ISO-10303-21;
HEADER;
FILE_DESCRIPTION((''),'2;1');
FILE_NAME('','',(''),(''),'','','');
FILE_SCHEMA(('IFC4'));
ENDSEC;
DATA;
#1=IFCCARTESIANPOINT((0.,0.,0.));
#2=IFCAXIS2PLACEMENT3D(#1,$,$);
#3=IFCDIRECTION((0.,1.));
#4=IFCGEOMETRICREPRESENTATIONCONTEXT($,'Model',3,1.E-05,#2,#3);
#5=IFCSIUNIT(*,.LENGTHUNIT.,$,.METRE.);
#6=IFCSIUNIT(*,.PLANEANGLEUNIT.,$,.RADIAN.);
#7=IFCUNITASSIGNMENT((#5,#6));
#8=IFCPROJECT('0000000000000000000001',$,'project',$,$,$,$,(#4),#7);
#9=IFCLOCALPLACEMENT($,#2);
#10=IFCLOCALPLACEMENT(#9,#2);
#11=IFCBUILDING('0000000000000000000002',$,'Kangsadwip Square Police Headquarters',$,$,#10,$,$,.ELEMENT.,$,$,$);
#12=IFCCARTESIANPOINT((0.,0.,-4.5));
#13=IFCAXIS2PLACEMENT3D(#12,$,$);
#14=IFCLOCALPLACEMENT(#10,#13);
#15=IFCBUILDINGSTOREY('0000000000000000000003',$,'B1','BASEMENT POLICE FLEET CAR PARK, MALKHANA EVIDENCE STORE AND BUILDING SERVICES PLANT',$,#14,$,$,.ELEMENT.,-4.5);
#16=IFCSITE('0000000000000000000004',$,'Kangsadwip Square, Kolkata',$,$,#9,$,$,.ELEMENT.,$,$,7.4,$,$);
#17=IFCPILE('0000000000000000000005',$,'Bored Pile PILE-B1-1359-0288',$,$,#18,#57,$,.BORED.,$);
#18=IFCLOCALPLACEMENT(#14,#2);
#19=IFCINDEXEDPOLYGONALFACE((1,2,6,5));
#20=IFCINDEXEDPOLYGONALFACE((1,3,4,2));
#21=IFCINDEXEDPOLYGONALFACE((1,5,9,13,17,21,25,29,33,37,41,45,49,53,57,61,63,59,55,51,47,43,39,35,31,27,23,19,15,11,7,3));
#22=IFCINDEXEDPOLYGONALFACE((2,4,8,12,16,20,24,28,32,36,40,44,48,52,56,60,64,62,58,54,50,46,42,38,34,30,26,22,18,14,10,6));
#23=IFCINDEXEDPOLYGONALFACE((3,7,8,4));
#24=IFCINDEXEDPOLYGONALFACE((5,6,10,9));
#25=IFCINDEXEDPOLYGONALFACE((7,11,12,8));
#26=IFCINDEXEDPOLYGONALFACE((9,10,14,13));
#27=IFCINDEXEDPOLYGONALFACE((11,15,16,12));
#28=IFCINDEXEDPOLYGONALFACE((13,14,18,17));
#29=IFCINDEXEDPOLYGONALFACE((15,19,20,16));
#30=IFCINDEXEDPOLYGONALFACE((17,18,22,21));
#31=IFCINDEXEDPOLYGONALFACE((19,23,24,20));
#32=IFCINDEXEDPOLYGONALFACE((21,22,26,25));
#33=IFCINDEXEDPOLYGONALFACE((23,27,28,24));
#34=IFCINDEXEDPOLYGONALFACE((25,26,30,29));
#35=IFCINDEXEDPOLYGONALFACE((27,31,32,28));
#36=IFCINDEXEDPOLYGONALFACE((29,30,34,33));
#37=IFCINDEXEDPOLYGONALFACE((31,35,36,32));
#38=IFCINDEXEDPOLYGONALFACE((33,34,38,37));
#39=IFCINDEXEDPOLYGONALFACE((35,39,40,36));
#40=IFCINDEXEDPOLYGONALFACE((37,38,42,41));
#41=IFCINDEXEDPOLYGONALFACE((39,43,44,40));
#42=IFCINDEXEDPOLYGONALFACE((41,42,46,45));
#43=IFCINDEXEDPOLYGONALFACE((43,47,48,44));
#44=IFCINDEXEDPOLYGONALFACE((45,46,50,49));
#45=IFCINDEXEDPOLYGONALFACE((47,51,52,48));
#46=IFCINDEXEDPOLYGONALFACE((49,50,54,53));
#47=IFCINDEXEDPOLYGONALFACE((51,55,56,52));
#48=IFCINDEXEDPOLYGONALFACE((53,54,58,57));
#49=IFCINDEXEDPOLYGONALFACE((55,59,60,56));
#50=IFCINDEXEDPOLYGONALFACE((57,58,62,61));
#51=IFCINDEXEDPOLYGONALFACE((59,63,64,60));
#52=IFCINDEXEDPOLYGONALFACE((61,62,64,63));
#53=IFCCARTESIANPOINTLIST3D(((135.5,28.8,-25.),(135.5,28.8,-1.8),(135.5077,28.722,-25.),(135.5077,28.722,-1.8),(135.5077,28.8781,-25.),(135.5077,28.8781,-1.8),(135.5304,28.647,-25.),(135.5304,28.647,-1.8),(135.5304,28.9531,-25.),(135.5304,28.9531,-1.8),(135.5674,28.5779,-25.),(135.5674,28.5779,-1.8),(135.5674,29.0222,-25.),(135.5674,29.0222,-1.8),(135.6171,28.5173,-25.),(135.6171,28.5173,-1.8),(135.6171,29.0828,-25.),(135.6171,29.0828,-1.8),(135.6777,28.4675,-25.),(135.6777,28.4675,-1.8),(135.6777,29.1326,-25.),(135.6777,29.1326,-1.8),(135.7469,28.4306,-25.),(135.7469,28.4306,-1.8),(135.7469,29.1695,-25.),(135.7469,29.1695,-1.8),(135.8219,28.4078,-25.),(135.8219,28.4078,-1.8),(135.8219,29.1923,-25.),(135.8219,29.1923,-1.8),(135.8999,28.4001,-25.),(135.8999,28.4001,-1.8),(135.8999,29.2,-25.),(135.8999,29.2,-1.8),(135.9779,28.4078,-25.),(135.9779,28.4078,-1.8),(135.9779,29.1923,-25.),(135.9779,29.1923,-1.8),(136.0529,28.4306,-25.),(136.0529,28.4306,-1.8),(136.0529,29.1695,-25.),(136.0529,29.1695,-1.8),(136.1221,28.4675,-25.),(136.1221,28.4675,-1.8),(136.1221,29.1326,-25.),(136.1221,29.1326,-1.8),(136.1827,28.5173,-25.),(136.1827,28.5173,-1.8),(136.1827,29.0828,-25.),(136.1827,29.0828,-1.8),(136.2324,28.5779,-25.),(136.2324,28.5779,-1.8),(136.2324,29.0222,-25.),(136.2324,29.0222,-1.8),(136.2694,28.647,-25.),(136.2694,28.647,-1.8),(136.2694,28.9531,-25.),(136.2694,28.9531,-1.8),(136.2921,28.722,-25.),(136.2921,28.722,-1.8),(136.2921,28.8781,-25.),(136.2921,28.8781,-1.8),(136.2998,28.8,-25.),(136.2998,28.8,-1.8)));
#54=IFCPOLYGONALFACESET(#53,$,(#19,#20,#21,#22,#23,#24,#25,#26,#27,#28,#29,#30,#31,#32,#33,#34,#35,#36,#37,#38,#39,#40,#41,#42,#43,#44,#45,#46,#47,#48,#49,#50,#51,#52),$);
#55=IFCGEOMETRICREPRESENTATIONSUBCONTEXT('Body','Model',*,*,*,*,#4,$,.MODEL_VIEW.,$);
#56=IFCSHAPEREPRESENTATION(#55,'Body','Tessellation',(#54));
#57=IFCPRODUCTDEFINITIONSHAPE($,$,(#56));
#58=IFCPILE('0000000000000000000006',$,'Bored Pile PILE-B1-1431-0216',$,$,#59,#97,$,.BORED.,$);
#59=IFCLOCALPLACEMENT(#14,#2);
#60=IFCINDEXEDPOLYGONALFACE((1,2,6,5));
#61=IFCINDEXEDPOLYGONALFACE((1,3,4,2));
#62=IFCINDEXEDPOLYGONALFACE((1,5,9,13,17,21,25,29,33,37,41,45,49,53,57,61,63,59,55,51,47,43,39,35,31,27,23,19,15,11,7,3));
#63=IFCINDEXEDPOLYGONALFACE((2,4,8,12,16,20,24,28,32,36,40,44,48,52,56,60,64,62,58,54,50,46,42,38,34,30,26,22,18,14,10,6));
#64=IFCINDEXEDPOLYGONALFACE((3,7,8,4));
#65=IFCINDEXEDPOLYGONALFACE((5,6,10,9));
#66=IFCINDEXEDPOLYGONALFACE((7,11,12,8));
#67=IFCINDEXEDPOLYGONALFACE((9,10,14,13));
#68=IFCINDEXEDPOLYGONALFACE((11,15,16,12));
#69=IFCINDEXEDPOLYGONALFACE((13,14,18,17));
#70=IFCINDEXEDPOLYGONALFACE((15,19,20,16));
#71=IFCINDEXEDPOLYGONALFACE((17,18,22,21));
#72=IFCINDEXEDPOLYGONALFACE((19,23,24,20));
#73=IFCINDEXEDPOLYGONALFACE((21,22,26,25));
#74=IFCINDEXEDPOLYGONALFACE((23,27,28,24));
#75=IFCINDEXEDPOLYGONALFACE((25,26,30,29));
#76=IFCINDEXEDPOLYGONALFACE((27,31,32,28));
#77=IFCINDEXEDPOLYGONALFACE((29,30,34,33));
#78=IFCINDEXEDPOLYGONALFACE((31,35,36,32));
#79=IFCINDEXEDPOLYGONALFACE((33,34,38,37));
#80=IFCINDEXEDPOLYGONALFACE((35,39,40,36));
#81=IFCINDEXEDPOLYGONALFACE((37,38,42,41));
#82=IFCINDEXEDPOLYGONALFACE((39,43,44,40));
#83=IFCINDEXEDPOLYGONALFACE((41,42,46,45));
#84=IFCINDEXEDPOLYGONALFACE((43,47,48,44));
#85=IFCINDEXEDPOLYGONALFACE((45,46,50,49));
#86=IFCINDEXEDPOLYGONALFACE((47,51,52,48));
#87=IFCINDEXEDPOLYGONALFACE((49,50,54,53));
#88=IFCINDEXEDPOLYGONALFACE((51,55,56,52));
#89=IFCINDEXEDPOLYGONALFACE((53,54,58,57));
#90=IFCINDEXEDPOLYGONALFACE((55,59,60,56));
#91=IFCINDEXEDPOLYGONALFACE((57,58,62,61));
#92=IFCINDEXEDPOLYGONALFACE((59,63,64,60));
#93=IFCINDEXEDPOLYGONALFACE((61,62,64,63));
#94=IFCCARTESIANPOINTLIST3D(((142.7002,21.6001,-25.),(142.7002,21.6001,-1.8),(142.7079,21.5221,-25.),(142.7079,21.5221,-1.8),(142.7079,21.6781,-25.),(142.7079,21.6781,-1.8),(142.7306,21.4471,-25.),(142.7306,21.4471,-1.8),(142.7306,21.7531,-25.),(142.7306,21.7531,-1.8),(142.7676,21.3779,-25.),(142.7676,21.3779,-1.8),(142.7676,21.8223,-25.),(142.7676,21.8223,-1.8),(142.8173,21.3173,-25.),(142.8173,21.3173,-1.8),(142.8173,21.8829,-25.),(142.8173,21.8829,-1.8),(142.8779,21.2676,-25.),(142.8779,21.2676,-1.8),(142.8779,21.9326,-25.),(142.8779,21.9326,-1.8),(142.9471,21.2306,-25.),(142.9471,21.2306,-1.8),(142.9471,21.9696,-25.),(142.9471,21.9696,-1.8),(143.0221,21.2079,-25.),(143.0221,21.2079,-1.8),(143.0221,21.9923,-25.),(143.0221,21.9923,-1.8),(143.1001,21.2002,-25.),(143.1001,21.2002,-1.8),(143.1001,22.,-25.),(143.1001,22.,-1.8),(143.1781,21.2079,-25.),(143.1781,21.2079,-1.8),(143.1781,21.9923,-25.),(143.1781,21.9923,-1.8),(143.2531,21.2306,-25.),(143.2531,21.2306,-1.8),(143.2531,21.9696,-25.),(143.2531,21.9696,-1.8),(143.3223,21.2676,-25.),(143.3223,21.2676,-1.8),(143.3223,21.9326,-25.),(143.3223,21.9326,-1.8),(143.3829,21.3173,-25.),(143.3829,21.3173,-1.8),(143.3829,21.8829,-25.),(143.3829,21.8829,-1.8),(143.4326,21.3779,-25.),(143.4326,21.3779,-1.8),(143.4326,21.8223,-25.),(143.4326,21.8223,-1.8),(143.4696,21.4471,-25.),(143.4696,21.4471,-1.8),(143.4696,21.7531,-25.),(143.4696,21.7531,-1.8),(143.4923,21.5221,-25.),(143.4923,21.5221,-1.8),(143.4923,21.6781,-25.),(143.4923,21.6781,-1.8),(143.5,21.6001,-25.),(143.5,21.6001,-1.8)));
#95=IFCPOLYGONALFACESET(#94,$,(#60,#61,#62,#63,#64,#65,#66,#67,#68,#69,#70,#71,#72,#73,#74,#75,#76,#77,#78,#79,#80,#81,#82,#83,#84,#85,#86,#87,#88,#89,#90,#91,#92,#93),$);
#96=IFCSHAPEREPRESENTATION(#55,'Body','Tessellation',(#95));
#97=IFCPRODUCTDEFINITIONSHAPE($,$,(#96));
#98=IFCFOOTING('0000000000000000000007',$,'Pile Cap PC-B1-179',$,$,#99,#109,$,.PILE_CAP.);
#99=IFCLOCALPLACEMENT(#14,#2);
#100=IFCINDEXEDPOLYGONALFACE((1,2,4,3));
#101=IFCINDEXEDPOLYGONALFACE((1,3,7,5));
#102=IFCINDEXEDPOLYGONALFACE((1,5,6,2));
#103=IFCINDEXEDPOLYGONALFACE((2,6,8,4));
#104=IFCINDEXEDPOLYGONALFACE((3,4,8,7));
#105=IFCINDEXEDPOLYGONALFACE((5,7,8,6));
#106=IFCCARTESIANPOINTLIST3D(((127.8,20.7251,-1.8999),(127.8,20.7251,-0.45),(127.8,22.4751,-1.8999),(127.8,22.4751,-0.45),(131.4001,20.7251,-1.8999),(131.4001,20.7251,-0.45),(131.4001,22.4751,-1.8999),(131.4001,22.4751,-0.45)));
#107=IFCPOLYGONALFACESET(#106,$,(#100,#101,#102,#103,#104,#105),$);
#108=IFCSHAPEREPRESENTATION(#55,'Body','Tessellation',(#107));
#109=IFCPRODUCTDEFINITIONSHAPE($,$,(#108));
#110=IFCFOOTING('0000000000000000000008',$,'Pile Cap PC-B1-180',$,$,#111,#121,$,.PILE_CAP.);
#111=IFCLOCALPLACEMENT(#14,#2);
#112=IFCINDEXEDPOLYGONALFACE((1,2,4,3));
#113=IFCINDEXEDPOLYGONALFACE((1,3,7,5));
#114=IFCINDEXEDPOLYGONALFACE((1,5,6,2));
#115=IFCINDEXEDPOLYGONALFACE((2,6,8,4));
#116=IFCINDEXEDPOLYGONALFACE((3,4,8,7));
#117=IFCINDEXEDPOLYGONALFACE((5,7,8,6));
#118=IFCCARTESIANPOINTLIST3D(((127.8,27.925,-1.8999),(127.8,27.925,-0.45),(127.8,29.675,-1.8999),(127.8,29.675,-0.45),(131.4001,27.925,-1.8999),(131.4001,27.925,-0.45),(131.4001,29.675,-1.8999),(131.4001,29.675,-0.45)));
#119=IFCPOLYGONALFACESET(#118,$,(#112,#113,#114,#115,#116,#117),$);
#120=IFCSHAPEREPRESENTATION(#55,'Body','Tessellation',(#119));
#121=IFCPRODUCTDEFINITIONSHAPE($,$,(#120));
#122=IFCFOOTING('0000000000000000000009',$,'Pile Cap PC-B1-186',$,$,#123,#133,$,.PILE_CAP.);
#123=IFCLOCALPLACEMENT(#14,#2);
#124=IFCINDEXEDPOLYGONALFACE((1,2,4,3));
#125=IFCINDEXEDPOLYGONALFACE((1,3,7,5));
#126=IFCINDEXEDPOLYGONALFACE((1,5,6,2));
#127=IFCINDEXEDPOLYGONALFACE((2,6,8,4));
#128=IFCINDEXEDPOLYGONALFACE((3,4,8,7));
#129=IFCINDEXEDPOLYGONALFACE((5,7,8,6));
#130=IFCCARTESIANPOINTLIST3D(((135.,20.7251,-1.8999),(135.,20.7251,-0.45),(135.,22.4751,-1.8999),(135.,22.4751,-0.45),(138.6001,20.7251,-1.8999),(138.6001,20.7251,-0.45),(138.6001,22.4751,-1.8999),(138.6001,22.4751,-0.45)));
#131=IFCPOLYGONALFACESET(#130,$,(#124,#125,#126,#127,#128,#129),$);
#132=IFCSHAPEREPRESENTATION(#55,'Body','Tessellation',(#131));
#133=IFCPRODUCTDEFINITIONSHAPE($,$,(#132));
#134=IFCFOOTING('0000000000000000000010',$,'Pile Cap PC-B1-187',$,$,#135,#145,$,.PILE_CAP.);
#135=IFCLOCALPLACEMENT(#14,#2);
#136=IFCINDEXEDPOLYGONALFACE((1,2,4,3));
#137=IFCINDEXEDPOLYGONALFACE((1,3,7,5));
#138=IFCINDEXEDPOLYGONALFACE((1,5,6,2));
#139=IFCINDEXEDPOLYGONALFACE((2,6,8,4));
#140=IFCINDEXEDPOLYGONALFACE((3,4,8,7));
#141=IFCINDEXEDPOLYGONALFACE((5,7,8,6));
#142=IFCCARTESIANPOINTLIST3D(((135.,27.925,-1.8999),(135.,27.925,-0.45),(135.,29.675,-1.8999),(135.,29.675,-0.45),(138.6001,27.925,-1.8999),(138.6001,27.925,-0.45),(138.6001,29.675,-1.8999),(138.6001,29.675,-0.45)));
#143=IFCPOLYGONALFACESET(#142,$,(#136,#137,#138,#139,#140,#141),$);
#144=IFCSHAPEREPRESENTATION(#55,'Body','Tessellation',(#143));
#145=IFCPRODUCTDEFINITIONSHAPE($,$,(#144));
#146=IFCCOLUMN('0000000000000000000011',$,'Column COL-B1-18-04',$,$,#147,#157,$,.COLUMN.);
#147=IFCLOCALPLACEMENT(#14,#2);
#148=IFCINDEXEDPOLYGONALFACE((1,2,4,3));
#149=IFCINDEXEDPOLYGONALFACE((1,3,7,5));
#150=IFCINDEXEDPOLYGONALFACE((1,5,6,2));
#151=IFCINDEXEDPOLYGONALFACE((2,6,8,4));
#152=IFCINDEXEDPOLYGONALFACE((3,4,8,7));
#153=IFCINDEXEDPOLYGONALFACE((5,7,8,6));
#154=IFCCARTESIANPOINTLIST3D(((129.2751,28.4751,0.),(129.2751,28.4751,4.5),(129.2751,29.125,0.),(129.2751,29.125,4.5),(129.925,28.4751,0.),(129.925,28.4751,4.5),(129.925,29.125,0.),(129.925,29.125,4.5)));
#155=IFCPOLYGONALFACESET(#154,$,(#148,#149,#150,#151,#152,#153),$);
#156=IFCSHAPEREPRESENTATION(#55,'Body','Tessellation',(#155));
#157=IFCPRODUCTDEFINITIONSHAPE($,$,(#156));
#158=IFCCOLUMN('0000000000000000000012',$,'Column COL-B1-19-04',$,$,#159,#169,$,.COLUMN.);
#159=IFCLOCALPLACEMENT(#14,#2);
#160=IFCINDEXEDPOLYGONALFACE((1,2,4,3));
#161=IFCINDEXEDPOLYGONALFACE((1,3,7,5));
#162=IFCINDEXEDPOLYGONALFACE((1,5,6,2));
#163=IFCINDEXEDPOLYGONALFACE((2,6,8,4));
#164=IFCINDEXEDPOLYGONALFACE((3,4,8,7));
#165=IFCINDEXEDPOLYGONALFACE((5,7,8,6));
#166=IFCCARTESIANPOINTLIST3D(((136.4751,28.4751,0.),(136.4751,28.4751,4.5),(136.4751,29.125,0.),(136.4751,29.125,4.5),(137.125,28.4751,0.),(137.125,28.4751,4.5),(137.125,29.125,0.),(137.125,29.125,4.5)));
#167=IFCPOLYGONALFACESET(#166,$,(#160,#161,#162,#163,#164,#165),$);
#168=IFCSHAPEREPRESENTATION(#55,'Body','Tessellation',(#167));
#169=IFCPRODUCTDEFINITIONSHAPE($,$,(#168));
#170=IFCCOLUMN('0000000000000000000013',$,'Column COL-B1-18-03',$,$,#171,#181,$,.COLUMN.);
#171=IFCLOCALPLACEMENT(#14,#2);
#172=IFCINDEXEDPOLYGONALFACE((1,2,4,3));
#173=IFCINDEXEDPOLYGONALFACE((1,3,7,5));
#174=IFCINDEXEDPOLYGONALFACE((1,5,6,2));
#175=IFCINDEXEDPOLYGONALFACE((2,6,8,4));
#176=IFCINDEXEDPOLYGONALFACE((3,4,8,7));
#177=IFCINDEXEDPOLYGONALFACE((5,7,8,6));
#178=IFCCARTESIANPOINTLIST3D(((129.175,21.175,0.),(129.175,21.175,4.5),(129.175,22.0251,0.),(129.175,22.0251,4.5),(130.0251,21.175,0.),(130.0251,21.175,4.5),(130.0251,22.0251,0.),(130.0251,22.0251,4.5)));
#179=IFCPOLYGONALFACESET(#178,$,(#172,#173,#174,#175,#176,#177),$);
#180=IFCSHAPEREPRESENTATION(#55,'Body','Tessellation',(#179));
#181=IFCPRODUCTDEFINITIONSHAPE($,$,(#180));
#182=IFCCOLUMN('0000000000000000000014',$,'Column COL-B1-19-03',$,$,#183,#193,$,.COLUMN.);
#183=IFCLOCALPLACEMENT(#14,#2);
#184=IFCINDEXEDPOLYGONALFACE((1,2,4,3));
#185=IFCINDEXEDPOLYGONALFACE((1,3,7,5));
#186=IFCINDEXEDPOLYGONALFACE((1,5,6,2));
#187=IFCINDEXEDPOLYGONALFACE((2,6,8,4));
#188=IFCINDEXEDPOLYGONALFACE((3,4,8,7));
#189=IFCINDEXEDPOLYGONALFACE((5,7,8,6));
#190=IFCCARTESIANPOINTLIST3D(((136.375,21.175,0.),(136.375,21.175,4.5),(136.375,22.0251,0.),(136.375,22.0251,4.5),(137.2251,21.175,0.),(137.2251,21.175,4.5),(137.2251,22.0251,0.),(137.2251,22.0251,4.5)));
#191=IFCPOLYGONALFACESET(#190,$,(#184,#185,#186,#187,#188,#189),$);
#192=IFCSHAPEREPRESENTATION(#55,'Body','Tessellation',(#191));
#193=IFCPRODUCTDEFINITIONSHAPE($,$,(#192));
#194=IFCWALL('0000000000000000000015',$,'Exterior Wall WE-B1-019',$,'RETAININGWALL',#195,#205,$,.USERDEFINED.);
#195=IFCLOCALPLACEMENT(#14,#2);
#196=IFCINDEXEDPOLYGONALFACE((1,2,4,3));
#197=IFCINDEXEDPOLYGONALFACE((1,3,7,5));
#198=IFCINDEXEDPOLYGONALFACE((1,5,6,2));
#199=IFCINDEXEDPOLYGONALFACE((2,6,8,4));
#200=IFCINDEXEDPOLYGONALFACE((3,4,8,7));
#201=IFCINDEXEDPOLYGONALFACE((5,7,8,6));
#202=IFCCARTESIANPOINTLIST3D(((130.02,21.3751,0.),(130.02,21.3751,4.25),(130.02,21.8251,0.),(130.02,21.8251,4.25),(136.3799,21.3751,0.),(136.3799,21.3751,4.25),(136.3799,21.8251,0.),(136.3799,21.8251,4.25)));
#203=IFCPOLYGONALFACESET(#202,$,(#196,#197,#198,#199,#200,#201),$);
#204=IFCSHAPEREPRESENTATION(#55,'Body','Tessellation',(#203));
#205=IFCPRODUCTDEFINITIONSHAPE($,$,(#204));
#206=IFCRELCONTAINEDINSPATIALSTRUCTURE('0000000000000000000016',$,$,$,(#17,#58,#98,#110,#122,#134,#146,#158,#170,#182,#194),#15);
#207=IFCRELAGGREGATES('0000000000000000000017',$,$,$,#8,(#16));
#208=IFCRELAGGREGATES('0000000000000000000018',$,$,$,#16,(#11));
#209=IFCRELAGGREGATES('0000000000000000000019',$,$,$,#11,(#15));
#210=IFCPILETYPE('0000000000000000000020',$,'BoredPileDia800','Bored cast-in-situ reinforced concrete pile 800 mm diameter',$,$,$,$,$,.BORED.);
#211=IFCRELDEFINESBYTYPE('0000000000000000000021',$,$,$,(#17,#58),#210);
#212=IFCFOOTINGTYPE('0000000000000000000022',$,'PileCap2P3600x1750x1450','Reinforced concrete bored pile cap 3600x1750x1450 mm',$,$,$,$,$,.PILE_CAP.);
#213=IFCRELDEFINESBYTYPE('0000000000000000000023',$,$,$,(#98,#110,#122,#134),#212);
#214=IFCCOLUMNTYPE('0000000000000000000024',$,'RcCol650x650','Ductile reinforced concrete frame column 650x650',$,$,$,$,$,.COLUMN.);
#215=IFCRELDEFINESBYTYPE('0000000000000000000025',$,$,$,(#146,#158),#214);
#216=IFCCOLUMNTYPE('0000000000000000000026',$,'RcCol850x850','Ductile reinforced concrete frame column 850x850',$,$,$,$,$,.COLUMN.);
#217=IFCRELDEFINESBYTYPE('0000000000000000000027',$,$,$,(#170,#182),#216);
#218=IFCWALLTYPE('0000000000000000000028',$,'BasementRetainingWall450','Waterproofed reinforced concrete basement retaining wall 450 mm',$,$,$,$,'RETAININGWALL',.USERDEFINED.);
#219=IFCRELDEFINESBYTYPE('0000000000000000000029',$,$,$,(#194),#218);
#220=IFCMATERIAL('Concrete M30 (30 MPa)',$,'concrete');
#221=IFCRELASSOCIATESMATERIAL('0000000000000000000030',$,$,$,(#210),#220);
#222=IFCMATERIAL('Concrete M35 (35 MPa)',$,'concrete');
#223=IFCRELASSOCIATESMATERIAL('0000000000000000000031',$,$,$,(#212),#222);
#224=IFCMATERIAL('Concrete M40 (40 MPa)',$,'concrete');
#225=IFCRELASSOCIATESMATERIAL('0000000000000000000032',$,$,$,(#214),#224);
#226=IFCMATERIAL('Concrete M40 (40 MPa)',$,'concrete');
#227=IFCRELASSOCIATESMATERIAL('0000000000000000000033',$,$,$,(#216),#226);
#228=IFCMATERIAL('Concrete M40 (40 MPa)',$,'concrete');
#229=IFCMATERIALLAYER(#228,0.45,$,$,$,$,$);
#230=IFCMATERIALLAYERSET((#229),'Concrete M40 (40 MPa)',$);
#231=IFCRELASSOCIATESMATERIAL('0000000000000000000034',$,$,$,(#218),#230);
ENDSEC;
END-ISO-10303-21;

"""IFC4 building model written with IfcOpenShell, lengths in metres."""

from ifc_helpers import new_model, si_unit, direction, frame, frame_2d, origin, origin_2d, place, context, subcontext, project, spatial, rectangle, circle, extrude, material, layer, layer_set, material_profile, profile_set, type_object, element, save


model = new_model("IFC4")

# Units and contexts
model_context = context("Model", 3, precision=1e-05, world=origin(), true_north=direction((0.0, 1.0)))
body_context = subcontext(model_context, "Body", "Model", "MODEL_VIEW")
ifc_project = project(units=[si_unit("LENGTHUNIT", "METRE"), si_unit("PLANEANGLEUNIT", "RADIAN")], contexts=[model_context])

# Site, building, storey
site_placement = place(None, origin())
site = spatial("IfcSite", under=ifc_project, at=site_placement, Name="Kangsadwip Square, Kolkata", CompositionType="ELEMENT", RefElevation=7.4)
building_placement = place(site_placement, origin())
building = spatial("IfcBuilding", under=site, at=building_placement, Name="Kangsadwip Square Police Headquarters", CompositionType="ELEMENT")
storey_placement = place(building_placement, frame((0.0, 0.0, -4.5)))
storey = spatial("IfcBuildingStorey", under=building, at=storey_placement, Name="B1", Description="BASEMENT POLICE FLEET CAR PARK, MALKHANA EVIDENCE STORE AND BUILDING SERVICES PLANT", CompositionType="ELEMENT", Elevation=-4.5)

# Piles
ifc_material_1 = material(Name="Concrete M30 (30 MPa)", Category="concrete")
ifc_material_profile_1 = material_profile(ifc_material_1, circle(Radius=0.3999, at=origin_2d()), Name="PILE DIA 800")
ifc_profile_set_1 = profile_set([ifc_material_profile_1], Name="Concrete M30 (30 MPa)")
pile_type = type_object("IfcPileType", Name="BoredPileDia800", Description="Bored cast-in-situ reinforced concrete pile 800 mm diameter", PredefinedType="BORED", material=ifc_profile_set_1)
for number, where, z_axis, x_axis, name in (
    (1, (135.8999, 28.8, -1.8), (0.0, 0.0, -1.0), (1.0, 0.0, 0.0), "Bored Pile PILE-B1-1359-0288"),
    (2, (143.1001, 21.6001, -1.8), (0.0, 0.0, -1.0), (1.0, 0.0, 0.0), "Bored Pile PILE-B1-1431-0216"),
):
    element("IfcPile", number, at=place(storey_placement, frame(where, z_axis=z_axis, x_axis=x_axis)), inside=storey, type_object=pile_type, Name=name, PredefinedType="BORED", context=body_context, shape_type="SweptSolid", body=[
        extrude(circle(Radius=0.3999, at=origin_2d()), origin(), (0.0, 0.0, 1.0), 23.2),
    ])

# Footings
ifc_material_2 = material(Name="Concrete M35 (35 MPa)", Category="concrete")
footing_type_1 = type_object("IfcFootingType", Name="PileCap2P3600x1750x1450", Description="Reinforced concrete bored pile cap 3600x1750x1450 mm", PredefinedType="PILE_CAP", material=ifc_material_2)
for number, where, z_axis, x_axis, name in (
    (3, (129.6001, 21.6001, -1.8999), (0.0, 0.0, 1.0), (1.0, 0.0, 0.0), "Pile Cap PC-B1-179"),
    (4, (129.6001, 28.8, -1.8999), (0.0, 0.0, 1.0), (1.0, 0.0, 0.0), "Pile Cap PC-B1-180"),
    (5, (136.8, 21.6001, -1.8999), (0.0, 0.0, 1.0), (1.0, 0.0, 0.0), "Pile Cap PC-B1-186"),
    (6, (136.8, 28.8, -1.8999), (0.0, 0.0, 1.0), (1.0, 0.0, 0.0), "Pile Cap PC-B1-187"),
):
    element("IfcFooting", number, at=place(storey_placement, frame(where, z_axis=z_axis, x_axis=x_axis)), inside=storey, type_object=footing_type_1, Name=name, PredefinedType="PILE_CAP", context=body_context, shape_type="SweptSolid", body=[
        extrude(rectangle(XDim=3.6001, YDim=1.75, at=origin_2d()), origin(), (0.0, 0.0, 1.0), 1.45),
    ])

# Columns
ifc_material_3 = material(Name="Concrete M40 (40 MPa)", Category="concrete")
ifc_material_profile_2 = material_profile(ifc_material_3, rectangle(XDim=0.6499, YDim=0.6499, at=origin_2d()), Name="RC COL 650X650")
ifc_profile_set_2 = profile_set([ifc_material_profile_2], Name="Concrete M40 (40 MPa)")
column_type_1 = type_object("IfcColumnType", Name="RcCol650x650", Description="Ductile reinforced concrete frame column 650x650", PredefinedType="COLUMN", material=ifc_profile_set_2)
for number, where, z_axis, x_axis, name in (
    (7, (129.6001, 28.8, 0.0), (0.0, 0.0, 1.0), (1.0, 0.0, 0.0), "Column COL-B1-18-04"),
    (8, (136.8, 28.8, 0.0), (0.0, 0.0, 1.0), (1.0, 0.0, 0.0), "Column COL-B1-19-04"),
):
    element("IfcColumn", number, at=place(storey_placement, frame(where, z_axis=z_axis, x_axis=x_axis)), inside=storey, type_object=column_type_1, Name=name, PredefinedType="COLUMN", context=body_context, shape_type="SweptSolid", body=[
        extrude(rectangle(XDim=0.6499, YDim=0.6499, at=origin_2d()), origin(), (0.0, 0.0, 1.0), 4.5),
    ])
ifc_material_4 = material(Name="Concrete M40 (40 MPa)", Category="concrete")
ifc_material_profile_3 = material_profile(ifc_material_4, rectangle(XDim=0.8501, YDim=0.8501, at=origin_2d()), Name="RC COL 850X850")
ifc_profile_set_3 = profile_set([ifc_material_profile_3], Name="Concrete M40 (40 MPa)")
column_type_2 = type_object("IfcColumnType", Name="RcCol850x850", Description="Ductile reinforced concrete frame column 850x850", PredefinedType="COLUMN", material=ifc_profile_set_3)
for number, where, z_axis, x_axis, name in (
    (9, (129.6001, 21.6001, 0.0), (0.0, 0.0, 1.0), (1.0, 0.0, 0.0), "Column COL-B1-18-03"),
    (10, (136.8, 21.6001, 0.0), (0.0, 0.0, 1.0), (1.0, 0.0, 0.0), "Column COL-B1-19-03"),
):
    element("IfcColumn", number, at=place(storey_placement, frame(where, z_axis=z_axis, x_axis=x_axis)), inside=storey, type_object=column_type_2, Name=name, PredefinedType="COLUMN", context=body_context, shape_type="SweptSolid", body=[
        extrude(rectangle(XDim=0.8501, YDim=0.8501, at=origin_2d()), origin(), (0.0, 0.0, 1.0), 4.5),
    ])

# Wall
ifc_material_5 = material(Name="Concrete M40 (40 MPa)", Category="concrete")
ifc_layer_1 = layer(ifc_material_5, 0.45)
ifc_layer_set_1 = layer_set([ifc_layer_1], Name="Concrete M40 (40 MPa)")
wall_type_1 = type_object("IfcWallType", Name="BasementRetainingWall450", Description="Waterproofed reinforced concrete basement retaining wall 450 mm", ElementType="RETAININGWALL", PredefinedType="USERDEFINED", material=ifc_layer_set_1)
wall_1_placement = place(storey_placement, frame((130.02, 21.6001, 0.0), z_axis=(0.0, 0.0, 1.0), x_axis=(1.0, 0.0, 0.0)))
element("IfcWall", 11, at=wall_1_placement, inside=storey, type_object=wall_type_1, Name="Exterior Wall WE-B1-019", ObjectType="RETAININGWALL", PredefinedType="USERDEFINED", context=body_context, shape_type="SweptSolid", body=[
    extrude(rectangle(XDim=6.3599, YDim=0.45, at=frame_2d((3.1799, 0.0))), origin(), (0.0, 0.0, 1.0), 4.25),
])

save(model, "model.ifc")
